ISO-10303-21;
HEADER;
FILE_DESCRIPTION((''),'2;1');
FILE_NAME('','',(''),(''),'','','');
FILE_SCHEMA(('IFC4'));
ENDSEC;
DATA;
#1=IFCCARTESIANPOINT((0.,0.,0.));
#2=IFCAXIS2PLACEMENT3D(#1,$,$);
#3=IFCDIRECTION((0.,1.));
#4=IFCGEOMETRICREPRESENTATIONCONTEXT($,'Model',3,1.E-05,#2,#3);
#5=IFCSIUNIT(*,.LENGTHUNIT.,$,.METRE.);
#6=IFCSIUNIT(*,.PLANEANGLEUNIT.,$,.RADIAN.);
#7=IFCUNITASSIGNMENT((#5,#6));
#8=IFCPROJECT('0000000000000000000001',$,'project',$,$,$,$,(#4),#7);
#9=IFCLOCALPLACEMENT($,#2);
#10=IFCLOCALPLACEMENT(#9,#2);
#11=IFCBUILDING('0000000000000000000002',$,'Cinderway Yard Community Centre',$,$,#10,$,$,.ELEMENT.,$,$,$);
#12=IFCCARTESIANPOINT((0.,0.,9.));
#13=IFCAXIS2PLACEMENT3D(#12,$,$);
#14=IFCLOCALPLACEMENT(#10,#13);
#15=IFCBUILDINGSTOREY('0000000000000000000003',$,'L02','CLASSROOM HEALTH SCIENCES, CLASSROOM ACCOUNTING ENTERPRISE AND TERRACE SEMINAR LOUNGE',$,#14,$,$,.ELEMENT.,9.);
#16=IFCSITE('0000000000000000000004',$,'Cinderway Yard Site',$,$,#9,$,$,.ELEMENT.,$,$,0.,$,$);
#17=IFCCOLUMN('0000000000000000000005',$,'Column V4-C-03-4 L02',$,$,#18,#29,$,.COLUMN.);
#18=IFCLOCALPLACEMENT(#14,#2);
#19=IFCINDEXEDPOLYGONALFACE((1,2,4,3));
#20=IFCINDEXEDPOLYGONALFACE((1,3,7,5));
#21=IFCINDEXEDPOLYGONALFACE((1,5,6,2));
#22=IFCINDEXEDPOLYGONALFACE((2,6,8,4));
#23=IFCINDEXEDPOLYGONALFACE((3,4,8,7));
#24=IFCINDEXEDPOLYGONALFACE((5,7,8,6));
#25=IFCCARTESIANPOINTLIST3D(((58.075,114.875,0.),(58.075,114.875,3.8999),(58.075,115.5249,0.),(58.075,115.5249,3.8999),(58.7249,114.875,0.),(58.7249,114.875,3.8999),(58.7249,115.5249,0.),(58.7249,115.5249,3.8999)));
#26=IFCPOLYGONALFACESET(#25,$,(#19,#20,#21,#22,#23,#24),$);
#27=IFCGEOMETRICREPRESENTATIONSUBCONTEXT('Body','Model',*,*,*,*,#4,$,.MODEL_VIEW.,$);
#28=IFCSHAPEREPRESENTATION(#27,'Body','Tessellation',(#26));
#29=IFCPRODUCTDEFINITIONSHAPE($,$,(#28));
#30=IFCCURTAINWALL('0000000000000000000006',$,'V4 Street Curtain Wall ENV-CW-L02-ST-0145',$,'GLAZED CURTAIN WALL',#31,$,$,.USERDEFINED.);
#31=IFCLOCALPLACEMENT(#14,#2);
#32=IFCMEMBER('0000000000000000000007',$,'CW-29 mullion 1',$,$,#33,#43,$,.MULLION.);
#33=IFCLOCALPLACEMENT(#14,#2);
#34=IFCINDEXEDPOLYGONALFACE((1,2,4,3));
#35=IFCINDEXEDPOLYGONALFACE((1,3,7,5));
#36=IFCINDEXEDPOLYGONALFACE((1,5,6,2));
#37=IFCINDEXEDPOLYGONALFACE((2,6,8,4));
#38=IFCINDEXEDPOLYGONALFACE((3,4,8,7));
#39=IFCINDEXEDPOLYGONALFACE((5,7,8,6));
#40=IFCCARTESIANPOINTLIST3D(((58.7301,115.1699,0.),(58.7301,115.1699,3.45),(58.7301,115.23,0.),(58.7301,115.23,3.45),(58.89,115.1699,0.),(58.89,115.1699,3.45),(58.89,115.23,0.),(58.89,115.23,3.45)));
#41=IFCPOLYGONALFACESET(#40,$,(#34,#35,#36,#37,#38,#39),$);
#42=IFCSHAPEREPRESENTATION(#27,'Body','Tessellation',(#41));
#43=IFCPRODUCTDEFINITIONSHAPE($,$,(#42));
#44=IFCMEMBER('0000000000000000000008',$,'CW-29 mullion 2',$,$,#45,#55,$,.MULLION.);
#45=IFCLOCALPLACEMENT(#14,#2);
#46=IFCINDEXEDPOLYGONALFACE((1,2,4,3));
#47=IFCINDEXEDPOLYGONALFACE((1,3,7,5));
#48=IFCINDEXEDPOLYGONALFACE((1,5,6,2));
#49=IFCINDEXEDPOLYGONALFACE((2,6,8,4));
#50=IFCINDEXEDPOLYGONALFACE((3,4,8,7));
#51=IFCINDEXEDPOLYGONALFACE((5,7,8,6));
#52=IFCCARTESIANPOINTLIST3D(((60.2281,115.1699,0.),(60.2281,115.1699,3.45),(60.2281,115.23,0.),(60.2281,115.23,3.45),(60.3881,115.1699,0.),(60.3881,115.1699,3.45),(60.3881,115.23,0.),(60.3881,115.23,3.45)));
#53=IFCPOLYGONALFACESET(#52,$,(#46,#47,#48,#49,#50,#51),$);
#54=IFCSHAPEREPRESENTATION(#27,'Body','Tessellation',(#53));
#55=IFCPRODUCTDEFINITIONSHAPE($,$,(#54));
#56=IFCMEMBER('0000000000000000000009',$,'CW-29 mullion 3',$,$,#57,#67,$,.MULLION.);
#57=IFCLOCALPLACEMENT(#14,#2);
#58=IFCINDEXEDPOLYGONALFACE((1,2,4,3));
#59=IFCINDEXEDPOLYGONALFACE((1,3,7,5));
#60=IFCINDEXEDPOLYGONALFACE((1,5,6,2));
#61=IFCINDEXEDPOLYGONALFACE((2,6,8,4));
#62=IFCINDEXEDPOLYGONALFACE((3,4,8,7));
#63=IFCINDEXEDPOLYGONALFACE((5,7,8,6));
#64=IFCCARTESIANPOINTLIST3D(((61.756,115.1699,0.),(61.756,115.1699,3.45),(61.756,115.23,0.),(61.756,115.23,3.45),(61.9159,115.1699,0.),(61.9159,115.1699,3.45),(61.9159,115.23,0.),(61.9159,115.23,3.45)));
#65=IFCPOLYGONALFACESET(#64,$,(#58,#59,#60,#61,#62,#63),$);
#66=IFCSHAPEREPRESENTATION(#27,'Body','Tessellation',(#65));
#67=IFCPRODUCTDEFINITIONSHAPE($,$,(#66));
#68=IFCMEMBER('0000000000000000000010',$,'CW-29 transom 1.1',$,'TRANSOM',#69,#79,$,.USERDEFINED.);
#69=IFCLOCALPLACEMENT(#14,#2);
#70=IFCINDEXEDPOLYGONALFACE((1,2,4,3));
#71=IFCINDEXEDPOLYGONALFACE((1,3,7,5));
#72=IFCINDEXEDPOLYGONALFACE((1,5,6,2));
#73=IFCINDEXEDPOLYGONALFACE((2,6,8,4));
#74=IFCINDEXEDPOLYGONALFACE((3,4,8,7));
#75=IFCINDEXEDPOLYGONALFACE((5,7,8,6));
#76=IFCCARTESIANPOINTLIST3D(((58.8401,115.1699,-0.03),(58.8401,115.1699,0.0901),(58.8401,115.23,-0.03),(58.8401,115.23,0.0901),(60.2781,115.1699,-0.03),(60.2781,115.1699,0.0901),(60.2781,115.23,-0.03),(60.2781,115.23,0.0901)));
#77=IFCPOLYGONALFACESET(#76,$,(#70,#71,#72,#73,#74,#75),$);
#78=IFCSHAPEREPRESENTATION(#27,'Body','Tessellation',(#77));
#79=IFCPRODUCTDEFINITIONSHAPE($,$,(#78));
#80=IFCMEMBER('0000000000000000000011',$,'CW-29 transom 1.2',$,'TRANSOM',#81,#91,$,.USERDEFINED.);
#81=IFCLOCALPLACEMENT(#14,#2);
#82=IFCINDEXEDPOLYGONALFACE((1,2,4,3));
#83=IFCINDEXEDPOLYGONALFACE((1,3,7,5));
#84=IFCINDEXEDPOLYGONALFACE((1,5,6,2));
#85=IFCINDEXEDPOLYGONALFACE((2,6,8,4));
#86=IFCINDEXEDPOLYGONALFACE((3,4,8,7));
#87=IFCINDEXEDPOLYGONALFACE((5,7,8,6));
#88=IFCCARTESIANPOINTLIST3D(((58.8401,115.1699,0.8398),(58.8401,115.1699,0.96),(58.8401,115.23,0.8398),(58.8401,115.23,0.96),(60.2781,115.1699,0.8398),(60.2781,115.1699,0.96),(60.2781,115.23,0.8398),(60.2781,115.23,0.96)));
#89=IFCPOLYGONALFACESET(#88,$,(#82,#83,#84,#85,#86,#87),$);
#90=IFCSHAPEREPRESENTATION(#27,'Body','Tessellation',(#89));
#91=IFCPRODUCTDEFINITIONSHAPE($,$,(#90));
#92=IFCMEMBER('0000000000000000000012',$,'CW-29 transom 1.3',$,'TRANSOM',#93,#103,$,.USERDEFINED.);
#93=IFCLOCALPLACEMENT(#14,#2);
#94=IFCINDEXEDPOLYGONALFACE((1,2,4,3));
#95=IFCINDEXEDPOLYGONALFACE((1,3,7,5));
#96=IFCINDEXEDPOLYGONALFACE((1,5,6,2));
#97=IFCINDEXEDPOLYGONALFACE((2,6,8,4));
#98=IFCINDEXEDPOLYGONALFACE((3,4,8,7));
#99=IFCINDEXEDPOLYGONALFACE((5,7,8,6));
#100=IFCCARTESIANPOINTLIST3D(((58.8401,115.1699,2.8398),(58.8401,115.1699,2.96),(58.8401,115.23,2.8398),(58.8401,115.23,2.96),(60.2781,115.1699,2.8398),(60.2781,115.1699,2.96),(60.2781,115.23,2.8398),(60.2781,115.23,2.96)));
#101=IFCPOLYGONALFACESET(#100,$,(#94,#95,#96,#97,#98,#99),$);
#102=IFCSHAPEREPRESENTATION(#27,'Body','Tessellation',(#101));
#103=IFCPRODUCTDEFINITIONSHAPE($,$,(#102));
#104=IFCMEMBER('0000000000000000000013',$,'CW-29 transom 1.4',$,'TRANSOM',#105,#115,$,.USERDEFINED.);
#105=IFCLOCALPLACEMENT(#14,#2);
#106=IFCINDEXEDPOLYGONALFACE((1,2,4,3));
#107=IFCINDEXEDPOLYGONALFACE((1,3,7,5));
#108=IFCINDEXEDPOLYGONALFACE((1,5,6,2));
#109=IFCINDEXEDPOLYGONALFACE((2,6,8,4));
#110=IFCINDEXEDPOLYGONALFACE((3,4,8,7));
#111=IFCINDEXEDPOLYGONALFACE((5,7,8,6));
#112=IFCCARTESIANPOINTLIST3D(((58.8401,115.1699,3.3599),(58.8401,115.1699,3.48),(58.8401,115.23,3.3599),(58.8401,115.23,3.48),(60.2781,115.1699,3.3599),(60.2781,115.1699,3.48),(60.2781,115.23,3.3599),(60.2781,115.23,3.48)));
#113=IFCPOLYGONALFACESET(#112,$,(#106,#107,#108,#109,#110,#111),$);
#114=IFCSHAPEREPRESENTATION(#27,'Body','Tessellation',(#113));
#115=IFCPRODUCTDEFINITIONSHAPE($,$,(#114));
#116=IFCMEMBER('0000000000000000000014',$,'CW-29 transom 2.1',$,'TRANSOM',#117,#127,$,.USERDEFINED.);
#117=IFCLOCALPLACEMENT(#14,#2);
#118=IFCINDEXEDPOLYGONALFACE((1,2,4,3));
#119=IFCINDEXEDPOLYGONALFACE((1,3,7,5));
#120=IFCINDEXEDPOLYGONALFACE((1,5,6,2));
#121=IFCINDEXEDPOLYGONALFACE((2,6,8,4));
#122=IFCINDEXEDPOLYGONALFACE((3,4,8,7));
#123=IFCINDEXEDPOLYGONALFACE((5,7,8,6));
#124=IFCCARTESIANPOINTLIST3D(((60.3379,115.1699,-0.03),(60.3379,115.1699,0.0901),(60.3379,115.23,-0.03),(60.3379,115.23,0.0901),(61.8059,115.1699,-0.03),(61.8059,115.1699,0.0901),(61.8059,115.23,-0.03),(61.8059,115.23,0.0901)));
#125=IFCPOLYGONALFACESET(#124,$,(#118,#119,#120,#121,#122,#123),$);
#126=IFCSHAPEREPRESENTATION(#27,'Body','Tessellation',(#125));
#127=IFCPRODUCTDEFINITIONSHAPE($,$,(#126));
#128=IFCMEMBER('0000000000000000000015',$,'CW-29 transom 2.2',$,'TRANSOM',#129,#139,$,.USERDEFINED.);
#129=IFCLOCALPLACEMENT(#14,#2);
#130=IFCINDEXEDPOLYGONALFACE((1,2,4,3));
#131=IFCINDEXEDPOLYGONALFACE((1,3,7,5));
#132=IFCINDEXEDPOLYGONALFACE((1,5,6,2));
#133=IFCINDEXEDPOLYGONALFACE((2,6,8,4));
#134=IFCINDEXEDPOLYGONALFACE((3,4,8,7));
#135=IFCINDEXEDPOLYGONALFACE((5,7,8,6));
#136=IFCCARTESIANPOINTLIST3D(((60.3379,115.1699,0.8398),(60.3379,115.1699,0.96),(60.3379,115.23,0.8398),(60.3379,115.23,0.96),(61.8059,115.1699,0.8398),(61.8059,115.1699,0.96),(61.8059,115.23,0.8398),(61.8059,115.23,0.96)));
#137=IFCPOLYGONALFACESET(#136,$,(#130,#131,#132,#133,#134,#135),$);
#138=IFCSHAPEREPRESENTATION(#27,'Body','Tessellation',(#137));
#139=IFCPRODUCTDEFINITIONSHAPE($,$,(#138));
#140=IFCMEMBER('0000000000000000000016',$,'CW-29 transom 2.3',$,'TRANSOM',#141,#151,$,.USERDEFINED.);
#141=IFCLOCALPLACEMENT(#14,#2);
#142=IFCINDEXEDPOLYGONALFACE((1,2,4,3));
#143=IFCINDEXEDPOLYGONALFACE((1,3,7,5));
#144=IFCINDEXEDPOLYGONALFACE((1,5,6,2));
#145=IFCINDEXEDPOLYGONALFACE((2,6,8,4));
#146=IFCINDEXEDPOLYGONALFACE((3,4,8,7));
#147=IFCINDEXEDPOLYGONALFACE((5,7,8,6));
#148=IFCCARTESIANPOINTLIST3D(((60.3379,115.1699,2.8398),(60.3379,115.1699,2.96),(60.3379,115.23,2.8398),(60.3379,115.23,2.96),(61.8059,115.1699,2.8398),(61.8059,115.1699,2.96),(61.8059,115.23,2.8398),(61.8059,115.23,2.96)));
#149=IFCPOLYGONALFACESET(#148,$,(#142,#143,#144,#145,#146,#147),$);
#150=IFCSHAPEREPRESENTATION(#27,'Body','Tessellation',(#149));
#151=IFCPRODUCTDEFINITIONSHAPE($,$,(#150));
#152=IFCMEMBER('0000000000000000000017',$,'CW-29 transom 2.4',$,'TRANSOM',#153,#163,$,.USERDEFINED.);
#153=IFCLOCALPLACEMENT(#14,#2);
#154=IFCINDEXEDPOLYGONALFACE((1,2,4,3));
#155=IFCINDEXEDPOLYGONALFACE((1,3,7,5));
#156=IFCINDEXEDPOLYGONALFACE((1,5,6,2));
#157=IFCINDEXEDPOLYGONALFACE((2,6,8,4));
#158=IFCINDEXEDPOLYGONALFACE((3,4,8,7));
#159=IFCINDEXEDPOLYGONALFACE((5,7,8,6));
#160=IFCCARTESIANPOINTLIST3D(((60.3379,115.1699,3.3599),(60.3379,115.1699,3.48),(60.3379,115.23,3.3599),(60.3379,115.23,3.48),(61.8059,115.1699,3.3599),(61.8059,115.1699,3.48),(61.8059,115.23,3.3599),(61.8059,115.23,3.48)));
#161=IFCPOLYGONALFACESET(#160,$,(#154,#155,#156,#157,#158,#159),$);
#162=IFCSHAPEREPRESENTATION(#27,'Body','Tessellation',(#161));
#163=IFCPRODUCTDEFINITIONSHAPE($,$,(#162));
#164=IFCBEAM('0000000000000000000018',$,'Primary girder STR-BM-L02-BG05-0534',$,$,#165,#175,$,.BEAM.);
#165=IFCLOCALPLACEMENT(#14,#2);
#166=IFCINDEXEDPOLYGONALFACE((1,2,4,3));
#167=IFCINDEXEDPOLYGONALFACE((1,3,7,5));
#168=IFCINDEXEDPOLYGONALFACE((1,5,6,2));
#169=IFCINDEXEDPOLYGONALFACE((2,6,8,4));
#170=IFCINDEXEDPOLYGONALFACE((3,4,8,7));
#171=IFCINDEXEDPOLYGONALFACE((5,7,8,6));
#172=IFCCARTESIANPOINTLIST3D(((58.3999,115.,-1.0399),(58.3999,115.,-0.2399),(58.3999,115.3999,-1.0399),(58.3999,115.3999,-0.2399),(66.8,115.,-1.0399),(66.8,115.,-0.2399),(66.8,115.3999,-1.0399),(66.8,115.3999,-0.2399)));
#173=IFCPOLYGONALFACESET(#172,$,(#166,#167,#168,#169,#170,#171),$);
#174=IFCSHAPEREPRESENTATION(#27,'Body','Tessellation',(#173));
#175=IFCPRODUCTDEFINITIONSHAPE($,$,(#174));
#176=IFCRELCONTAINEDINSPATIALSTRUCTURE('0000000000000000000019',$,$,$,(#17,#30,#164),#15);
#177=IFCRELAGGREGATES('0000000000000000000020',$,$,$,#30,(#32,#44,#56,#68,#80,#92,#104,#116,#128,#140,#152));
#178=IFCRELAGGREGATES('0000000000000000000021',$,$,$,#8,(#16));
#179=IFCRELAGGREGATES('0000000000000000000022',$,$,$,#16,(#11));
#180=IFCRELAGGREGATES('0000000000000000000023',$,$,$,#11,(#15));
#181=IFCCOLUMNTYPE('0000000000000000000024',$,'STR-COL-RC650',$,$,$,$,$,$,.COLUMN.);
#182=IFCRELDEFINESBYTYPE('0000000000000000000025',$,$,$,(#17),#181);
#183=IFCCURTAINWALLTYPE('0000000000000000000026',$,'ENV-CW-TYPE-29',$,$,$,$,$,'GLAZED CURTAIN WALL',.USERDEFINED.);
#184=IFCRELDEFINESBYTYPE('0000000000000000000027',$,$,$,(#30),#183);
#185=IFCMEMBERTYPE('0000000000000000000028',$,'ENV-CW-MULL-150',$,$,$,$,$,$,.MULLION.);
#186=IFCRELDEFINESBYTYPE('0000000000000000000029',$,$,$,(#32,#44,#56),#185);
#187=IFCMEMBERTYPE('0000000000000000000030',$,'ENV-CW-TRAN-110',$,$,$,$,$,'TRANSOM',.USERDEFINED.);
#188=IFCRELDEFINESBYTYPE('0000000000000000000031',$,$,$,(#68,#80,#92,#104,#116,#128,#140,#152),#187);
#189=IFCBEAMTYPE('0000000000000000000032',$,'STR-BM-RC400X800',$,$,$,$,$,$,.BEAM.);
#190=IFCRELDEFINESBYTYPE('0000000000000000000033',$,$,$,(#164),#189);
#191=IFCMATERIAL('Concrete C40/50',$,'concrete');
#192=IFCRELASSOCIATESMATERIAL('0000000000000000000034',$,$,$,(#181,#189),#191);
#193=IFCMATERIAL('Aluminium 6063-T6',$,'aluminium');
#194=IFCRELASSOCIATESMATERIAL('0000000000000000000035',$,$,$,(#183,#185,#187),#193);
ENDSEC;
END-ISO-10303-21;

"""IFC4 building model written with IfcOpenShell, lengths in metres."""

from ifc_helpers import new_model, si_unit, direction, frame, origin, origin_2d, place, context, subcontext, project, spatial, rectangle, extrude, material, material_profile, profile_set, type_object, element, aggregate, save


model = new_model("IFC4")

# Units and contexts
model_context = context("Model", 3, precision=1e-05, world=origin(), true_north=direction((0.0, 1.0)))
body_context = subcontext(model_context, "Body", "Model", "MODEL_VIEW")
ifc_project = project(units=[si_unit("LENGTHUNIT", "METRE"), si_unit("PLANEANGLEUNIT", "RADIAN")], contexts=[model_context])

# Site, building, storey
site_placement = place(None, origin())
site = spatial("IfcSite", under=ifc_project, at=site_placement, Name="Cinderway Yard Site", CompositionType="ELEMENT", RefElevation=0.0)
building_placement = place(site_placement, origin())
building = spatial("IfcBuilding", under=site, at=building_placement, Name="Cinderway Yard Community Centre", CompositionType="ELEMENT")
storey_placement = place(building_placement, frame((0.0, 0.0, 9.0)))
storey = spatial("IfcBuildingStorey", under=building, at=storey_placement, Name="L02", Description="CLASSROOM HEALTH SCIENCES, CLASSROOM ACCOUNTING ENTERPRISE AND TERRACE SEMINAR LOUNGE", CompositionType="ELEMENT", Elevation=9.0)

# Column
ifc_material_1 = material(Name="Concrete C40/50", Category="concrete")
ifc_material_profile_1 = material_profile(ifc_material_1, rectangle(XDim=0.6499, YDim=0.6499, at=origin_2d()), Name="Concrete C40/50")
ifc_profile_set_1 = profile_set([ifc_material_profile_1], Name="Concrete C40/50")
column_type = type_object("IfcColumnType", Name="STR-COL-RC650", PredefinedType="COLUMN", material=ifc_profile_set_1)
column_placement = place(storey_placement, frame((58.3999, 115.2, 0.0), z_axis=(0.0, 0.0, 1.0), x_axis=(1.0, 0.0, 0.0)))
element("IfcColumn", 1, at=column_placement, inside=storey, type_object=column_type, Name="Column V4-C-03-4 L02", PredefinedType="COLUMN", context=body_context, shape_type="SweptSolid", body=[
    extrude(rectangle(XDim=0.6499, YDim=0.6499, at=origin_2d()), origin(), (0.0, 0.0, 1.0), 3.8999),
])

# Curtain wall, members
ifc_material_2 = material(Name="Aluminium 6063-T6", Category="aluminium")
curtain_wall_type = type_object("IfcCurtainWallType", Name="ENV-CW-TYPE-29", ElementType="GLAZED CURTAIN WALL", PredefinedType="USERDEFINED", material=ifc_material_2)
curtain_wall_placement = place(storey_placement, origin())
curtain_wall = element("IfcCurtainWall", 2, at=curtain_wall_placement, inside=storey, type_object=curtain_wall_type, Name="V4 Street Curtain Wall ENV-CW-L02-ST-0145", ObjectType="GLAZED CURTAIN WALL", PredefinedType="USERDEFINED")
ifc_material_profile_2 = material_profile(ifc_material_2, rectangle(XDim=0.0601, YDim=0.1599, at=origin_2d()), Name="Aluminium 6063-T6")
ifc_profile_set_2 = profile_set([ifc_material_profile_2], Name="Aluminium 6063-T6")
member_type_1 = type_object("IfcMemberType", Name="ENV-CW-MULL-150", PredefinedType="MULLION", material=ifc_profile_set_2)
member_1_placement = place(storey_placement, frame((58.8101, 115.2, 0.0), z_axis=(0.0, 0.0, 1.0), x_axis=(0.0, 1.0, 0.0)))
member_1 = element("IfcMember", 3, at=member_1_placement, type_object=member_type_1, Name="CW-29 mullion 1", PredefinedType="MULLION", context=body_context, shape_type="SweptSolid", body=[
    extrude(rectangle(XDim=0.0601, YDim=0.1599, at=origin_2d()), origin(), (0.0, 0.0, 1.0), 3.45),
])
member_2_placement = place(storey_placement, frame((60.3081, 115.2, 0.0), z_axis=(0.0, 0.0, 1.0), x_axis=(0.0, 1.0, 0.0)))
member_2 = element("IfcMember", 4, at=member_2_placement, type_object=member_type_1, Name="CW-29 mullion 2", PredefinedType="MULLION", context=body_context, shape_type="SweptSolid", body=[
    extrude(rectangle(XDim=0.0601, YDim=0.1599, at=origin_2d()), origin(), (0.0, 0.0, 1.0), 3.45),
])
member_3_placement = place(storey_placement, frame((61.8359, 115.2, 0.0), z_axis=(0.0, 0.0, 1.0), x_axis=(0.0, 1.0, 0.0)))
member_3 = element("IfcMember", 5, at=member_3_placement, type_object=member_type_1, Name="CW-29 mullion 3", PredefinedType="MULLION", context=body_context, shape_type="SweptSolid", body=[
    extrude(rectangle(XDim=0.0601, YDim=0.1599, at=origin_2d()), origin(), (0.0, 0.0, 1.0), 3.45),
])
ifc_material_profile_3 = material_profile(ifc_material_2, rectangle(XDim=0.0601, YDim=0.1201, at=origin_2d()), Name="Aluminium 6063-T6")
ifc_profile_set_3 = profile_set([ifc_material_profile_3], Name="Aluminium 6063-T6")
member_type_2 = type_object("IfcMemberType", Name="ENV-CW-TRAN-110", ElementType="TRANSOM", PredefinedType="USERDEFINED", material=ifc_profile_set_3)
member_4_placement = place(storey_placement, frame((58.8401, 115.2, 0.03), z_axis=(1.0, 0.0, 0.0), x_axis=(0.0, 1.0, 0.0)))
member_4 = element("IfcMember", 6, at=member_4_placement, type_object=member_type_2, Name="CW-29 transom 1.1", ObjectType="TRANSOM", PredefinedType="USERDEFINED", context=body_context, shape_type="SweptSolid", body=[
    extrude(rectangle(XDim=0.0601, YDim=0.1201, at=origin_2d()), origin(), (0.0, 0.0, 1.0), 1.438),
])
member_5_placement = place(storey_placement, frame((58.8401, 115.2, 0.8999), z_axis=(1.0, 0.0, 0.0), x_axis=(0.0, 1.0, 0.0)))
member_5 = element("IfcMember", 7, at=member_5_placement, type_object=member_type_2, Name="CW-29 transom 1.2", ObjectType="TRANSOM", PredefinedType="USERDEFINED", context=body_context, shape_type="SweptSolid", body=[
    extrude(rectangle(XDim=0.0601, YDim=0.1201, at=origin_2d()), origin(), (0.0, 0.0, 1.0), 1.438),
])
member_6_placement = place(storey_placement, frame((58.8401, 115.2, 2.8999), z_axis=(1.0, 0.0, 0.0), x_axis=(0.0, 1.0, 0.0)))
member_6 = element("IfcMember", 8, at=member_6_placement, type_object=member_type_2, Name="CW-29 transom 1.3", ObjectType="TRANSOM", PredefinedType="USERDEFINED", context=body_context, shape_type="SweptSolid", body=[
    extrude(rectangle(XDim=0.0601, YDim=0.1201, at=origin_2d()), origin(), (0.0, 0.0, 1.0), 1.438),
])
member_7_placement = place(storey_placement, frame((58.8401, 115.2, 3.4199), z_axis=(1.0, 0.0, 0.0), x_axis=(0.0, 1.0, 0.0)))
member_7 = element("IfcMember", 9, at=member_7_placement, type_object=member_type_2, Name="CW-29 transom 1.4", ObjectType="TRANSOM", PredefinedType="USERDEFINED", context=body_context, shape_type="SweptSolid", body=[
    extrude(rectangle(XDim=0.0601, YDim=0.1201, at=origin_2d()), origin(), (0.0, 0.0, 1.0), 1.438),
])
member_8_placement = place(storey_placement, frame((60.3379, 115.2, 0.03), z_axis=(1.0, 0.0, 0.0), x_axis=(0.0, 1.0, 0.0)))
member_8 = element("IfcMember", 10, at=member_8_placement, type_object=member_type_2, Name="CW-29 transom 2.1", ObjectType="TRANSOM", PredefinedType="USERDEFINED", context=body_context, shape_type="SweptSolid", body=[
    extrude(rectangle(XDim=0.0601, YDim=0.1201, at=origin_2d()), origin(), (0.0, 0.0, 1.0), 1.468),
])
member_9_placement = place(storey_placement, frame((60.3379, 115.2, 0.8999), z_axis=(1.0, 0.0, 0.0), x_axis=(0.0, 1.0, 0.0)))
member_9 = element("IfcMember", 11, at=member_9_placement, type_object=member_type_2, Name="CW-29 transom 2.2", ObjectType="TRANSOM", PredefinedType="USERDEFINED", context=body_context, shape_type="SweptSolid", body=[
    extrude(rectangle(XDim=0.0601, YDim=0.1201, at=origin_2d()), origin(), (0.0, 0.0, 1.0), 1.468),
])
member_10_placement = place(storey_placement, frame((60.3379, 115.2, 2.8999), z_axis=(1.0, 0.0, 0.0), x_axis=(0.0, 1.0, 0.0)))
member_10 = element("IfcMember", 12, at=member_10_placement, type_object=member_type_2, Name="CW-29 transom 2.3", ObjectType="TRANSOM", PredefinedType="USERDEFINED", context=body_context, shape_type="SweptSolid", body=[
    extrude(rectangle(XDim=0.0601, YDim=0.1201, at=origin_2d()), origin(), (0.0, 0.0, 1.0), 1.468),
])
member_11_placement = place(storey_placement, frame((60.3379, 115.2, 3.4199), z_axis=(1.0, 0.0, 0.0), x_axis=(0.0, 1.0, 0.0)))
member_11 = element("IfcMember", 13, at=member_11_placement, type_object=member_type_2, Name="CW-29 transom 2.4", ObjectType="TRANSOM", PredefinedType="USERDEFINED", context=body_context, shape_type="SweptSolid", body=[
    extrude(rectangle(XDim=0.0601, YDim=0.1201, at=origin_2d()), origin(), (0.0, 0.0, 1.0), 1.468),
])

# Beam
ifc_material_profile_4 = material_profile(ifc_material_1, rectangle(XDim=0.3999, YDim=0.8, at=origin_2d()), Name="Concrete C40/50")
ifc_profile_set_4 = profile_set([ifc_material_profile_4], Name="Concrete C40/50")
beam_type = type_object("IfcBeamType", Name="STR-BM-RC400X800", PredefinedType="BEAM", material=ifc_profile_set_4)
beam_placement = place(storey_placement, frame((58.3999, 115.2, -0.6399), z_axis=(1.0, 0.0, 0.0), x_axis=(0.0, 1.0, 0.0)))
element("IfcBeam", 14, at=beam_placement, inside=storey, type_object=beam_type, Name="Primary girder STR-BM-L02-BG05-0534", PredefinedType="BEAM", context=body_context, shape_type="SweptSolid", body=[
    extrude(rectangle(XDim=0.3999, YDim=0.8, at=origin_2d()), origin(), (0.0, 0.0, 1.0), 8.4001),
])

aggregate(curtain_wall, [member_1, member_2, member_3, member_4, member_5, member_6, member_7, member_8, member_9, member_10, member_11])

save(model, "model.ifc")
